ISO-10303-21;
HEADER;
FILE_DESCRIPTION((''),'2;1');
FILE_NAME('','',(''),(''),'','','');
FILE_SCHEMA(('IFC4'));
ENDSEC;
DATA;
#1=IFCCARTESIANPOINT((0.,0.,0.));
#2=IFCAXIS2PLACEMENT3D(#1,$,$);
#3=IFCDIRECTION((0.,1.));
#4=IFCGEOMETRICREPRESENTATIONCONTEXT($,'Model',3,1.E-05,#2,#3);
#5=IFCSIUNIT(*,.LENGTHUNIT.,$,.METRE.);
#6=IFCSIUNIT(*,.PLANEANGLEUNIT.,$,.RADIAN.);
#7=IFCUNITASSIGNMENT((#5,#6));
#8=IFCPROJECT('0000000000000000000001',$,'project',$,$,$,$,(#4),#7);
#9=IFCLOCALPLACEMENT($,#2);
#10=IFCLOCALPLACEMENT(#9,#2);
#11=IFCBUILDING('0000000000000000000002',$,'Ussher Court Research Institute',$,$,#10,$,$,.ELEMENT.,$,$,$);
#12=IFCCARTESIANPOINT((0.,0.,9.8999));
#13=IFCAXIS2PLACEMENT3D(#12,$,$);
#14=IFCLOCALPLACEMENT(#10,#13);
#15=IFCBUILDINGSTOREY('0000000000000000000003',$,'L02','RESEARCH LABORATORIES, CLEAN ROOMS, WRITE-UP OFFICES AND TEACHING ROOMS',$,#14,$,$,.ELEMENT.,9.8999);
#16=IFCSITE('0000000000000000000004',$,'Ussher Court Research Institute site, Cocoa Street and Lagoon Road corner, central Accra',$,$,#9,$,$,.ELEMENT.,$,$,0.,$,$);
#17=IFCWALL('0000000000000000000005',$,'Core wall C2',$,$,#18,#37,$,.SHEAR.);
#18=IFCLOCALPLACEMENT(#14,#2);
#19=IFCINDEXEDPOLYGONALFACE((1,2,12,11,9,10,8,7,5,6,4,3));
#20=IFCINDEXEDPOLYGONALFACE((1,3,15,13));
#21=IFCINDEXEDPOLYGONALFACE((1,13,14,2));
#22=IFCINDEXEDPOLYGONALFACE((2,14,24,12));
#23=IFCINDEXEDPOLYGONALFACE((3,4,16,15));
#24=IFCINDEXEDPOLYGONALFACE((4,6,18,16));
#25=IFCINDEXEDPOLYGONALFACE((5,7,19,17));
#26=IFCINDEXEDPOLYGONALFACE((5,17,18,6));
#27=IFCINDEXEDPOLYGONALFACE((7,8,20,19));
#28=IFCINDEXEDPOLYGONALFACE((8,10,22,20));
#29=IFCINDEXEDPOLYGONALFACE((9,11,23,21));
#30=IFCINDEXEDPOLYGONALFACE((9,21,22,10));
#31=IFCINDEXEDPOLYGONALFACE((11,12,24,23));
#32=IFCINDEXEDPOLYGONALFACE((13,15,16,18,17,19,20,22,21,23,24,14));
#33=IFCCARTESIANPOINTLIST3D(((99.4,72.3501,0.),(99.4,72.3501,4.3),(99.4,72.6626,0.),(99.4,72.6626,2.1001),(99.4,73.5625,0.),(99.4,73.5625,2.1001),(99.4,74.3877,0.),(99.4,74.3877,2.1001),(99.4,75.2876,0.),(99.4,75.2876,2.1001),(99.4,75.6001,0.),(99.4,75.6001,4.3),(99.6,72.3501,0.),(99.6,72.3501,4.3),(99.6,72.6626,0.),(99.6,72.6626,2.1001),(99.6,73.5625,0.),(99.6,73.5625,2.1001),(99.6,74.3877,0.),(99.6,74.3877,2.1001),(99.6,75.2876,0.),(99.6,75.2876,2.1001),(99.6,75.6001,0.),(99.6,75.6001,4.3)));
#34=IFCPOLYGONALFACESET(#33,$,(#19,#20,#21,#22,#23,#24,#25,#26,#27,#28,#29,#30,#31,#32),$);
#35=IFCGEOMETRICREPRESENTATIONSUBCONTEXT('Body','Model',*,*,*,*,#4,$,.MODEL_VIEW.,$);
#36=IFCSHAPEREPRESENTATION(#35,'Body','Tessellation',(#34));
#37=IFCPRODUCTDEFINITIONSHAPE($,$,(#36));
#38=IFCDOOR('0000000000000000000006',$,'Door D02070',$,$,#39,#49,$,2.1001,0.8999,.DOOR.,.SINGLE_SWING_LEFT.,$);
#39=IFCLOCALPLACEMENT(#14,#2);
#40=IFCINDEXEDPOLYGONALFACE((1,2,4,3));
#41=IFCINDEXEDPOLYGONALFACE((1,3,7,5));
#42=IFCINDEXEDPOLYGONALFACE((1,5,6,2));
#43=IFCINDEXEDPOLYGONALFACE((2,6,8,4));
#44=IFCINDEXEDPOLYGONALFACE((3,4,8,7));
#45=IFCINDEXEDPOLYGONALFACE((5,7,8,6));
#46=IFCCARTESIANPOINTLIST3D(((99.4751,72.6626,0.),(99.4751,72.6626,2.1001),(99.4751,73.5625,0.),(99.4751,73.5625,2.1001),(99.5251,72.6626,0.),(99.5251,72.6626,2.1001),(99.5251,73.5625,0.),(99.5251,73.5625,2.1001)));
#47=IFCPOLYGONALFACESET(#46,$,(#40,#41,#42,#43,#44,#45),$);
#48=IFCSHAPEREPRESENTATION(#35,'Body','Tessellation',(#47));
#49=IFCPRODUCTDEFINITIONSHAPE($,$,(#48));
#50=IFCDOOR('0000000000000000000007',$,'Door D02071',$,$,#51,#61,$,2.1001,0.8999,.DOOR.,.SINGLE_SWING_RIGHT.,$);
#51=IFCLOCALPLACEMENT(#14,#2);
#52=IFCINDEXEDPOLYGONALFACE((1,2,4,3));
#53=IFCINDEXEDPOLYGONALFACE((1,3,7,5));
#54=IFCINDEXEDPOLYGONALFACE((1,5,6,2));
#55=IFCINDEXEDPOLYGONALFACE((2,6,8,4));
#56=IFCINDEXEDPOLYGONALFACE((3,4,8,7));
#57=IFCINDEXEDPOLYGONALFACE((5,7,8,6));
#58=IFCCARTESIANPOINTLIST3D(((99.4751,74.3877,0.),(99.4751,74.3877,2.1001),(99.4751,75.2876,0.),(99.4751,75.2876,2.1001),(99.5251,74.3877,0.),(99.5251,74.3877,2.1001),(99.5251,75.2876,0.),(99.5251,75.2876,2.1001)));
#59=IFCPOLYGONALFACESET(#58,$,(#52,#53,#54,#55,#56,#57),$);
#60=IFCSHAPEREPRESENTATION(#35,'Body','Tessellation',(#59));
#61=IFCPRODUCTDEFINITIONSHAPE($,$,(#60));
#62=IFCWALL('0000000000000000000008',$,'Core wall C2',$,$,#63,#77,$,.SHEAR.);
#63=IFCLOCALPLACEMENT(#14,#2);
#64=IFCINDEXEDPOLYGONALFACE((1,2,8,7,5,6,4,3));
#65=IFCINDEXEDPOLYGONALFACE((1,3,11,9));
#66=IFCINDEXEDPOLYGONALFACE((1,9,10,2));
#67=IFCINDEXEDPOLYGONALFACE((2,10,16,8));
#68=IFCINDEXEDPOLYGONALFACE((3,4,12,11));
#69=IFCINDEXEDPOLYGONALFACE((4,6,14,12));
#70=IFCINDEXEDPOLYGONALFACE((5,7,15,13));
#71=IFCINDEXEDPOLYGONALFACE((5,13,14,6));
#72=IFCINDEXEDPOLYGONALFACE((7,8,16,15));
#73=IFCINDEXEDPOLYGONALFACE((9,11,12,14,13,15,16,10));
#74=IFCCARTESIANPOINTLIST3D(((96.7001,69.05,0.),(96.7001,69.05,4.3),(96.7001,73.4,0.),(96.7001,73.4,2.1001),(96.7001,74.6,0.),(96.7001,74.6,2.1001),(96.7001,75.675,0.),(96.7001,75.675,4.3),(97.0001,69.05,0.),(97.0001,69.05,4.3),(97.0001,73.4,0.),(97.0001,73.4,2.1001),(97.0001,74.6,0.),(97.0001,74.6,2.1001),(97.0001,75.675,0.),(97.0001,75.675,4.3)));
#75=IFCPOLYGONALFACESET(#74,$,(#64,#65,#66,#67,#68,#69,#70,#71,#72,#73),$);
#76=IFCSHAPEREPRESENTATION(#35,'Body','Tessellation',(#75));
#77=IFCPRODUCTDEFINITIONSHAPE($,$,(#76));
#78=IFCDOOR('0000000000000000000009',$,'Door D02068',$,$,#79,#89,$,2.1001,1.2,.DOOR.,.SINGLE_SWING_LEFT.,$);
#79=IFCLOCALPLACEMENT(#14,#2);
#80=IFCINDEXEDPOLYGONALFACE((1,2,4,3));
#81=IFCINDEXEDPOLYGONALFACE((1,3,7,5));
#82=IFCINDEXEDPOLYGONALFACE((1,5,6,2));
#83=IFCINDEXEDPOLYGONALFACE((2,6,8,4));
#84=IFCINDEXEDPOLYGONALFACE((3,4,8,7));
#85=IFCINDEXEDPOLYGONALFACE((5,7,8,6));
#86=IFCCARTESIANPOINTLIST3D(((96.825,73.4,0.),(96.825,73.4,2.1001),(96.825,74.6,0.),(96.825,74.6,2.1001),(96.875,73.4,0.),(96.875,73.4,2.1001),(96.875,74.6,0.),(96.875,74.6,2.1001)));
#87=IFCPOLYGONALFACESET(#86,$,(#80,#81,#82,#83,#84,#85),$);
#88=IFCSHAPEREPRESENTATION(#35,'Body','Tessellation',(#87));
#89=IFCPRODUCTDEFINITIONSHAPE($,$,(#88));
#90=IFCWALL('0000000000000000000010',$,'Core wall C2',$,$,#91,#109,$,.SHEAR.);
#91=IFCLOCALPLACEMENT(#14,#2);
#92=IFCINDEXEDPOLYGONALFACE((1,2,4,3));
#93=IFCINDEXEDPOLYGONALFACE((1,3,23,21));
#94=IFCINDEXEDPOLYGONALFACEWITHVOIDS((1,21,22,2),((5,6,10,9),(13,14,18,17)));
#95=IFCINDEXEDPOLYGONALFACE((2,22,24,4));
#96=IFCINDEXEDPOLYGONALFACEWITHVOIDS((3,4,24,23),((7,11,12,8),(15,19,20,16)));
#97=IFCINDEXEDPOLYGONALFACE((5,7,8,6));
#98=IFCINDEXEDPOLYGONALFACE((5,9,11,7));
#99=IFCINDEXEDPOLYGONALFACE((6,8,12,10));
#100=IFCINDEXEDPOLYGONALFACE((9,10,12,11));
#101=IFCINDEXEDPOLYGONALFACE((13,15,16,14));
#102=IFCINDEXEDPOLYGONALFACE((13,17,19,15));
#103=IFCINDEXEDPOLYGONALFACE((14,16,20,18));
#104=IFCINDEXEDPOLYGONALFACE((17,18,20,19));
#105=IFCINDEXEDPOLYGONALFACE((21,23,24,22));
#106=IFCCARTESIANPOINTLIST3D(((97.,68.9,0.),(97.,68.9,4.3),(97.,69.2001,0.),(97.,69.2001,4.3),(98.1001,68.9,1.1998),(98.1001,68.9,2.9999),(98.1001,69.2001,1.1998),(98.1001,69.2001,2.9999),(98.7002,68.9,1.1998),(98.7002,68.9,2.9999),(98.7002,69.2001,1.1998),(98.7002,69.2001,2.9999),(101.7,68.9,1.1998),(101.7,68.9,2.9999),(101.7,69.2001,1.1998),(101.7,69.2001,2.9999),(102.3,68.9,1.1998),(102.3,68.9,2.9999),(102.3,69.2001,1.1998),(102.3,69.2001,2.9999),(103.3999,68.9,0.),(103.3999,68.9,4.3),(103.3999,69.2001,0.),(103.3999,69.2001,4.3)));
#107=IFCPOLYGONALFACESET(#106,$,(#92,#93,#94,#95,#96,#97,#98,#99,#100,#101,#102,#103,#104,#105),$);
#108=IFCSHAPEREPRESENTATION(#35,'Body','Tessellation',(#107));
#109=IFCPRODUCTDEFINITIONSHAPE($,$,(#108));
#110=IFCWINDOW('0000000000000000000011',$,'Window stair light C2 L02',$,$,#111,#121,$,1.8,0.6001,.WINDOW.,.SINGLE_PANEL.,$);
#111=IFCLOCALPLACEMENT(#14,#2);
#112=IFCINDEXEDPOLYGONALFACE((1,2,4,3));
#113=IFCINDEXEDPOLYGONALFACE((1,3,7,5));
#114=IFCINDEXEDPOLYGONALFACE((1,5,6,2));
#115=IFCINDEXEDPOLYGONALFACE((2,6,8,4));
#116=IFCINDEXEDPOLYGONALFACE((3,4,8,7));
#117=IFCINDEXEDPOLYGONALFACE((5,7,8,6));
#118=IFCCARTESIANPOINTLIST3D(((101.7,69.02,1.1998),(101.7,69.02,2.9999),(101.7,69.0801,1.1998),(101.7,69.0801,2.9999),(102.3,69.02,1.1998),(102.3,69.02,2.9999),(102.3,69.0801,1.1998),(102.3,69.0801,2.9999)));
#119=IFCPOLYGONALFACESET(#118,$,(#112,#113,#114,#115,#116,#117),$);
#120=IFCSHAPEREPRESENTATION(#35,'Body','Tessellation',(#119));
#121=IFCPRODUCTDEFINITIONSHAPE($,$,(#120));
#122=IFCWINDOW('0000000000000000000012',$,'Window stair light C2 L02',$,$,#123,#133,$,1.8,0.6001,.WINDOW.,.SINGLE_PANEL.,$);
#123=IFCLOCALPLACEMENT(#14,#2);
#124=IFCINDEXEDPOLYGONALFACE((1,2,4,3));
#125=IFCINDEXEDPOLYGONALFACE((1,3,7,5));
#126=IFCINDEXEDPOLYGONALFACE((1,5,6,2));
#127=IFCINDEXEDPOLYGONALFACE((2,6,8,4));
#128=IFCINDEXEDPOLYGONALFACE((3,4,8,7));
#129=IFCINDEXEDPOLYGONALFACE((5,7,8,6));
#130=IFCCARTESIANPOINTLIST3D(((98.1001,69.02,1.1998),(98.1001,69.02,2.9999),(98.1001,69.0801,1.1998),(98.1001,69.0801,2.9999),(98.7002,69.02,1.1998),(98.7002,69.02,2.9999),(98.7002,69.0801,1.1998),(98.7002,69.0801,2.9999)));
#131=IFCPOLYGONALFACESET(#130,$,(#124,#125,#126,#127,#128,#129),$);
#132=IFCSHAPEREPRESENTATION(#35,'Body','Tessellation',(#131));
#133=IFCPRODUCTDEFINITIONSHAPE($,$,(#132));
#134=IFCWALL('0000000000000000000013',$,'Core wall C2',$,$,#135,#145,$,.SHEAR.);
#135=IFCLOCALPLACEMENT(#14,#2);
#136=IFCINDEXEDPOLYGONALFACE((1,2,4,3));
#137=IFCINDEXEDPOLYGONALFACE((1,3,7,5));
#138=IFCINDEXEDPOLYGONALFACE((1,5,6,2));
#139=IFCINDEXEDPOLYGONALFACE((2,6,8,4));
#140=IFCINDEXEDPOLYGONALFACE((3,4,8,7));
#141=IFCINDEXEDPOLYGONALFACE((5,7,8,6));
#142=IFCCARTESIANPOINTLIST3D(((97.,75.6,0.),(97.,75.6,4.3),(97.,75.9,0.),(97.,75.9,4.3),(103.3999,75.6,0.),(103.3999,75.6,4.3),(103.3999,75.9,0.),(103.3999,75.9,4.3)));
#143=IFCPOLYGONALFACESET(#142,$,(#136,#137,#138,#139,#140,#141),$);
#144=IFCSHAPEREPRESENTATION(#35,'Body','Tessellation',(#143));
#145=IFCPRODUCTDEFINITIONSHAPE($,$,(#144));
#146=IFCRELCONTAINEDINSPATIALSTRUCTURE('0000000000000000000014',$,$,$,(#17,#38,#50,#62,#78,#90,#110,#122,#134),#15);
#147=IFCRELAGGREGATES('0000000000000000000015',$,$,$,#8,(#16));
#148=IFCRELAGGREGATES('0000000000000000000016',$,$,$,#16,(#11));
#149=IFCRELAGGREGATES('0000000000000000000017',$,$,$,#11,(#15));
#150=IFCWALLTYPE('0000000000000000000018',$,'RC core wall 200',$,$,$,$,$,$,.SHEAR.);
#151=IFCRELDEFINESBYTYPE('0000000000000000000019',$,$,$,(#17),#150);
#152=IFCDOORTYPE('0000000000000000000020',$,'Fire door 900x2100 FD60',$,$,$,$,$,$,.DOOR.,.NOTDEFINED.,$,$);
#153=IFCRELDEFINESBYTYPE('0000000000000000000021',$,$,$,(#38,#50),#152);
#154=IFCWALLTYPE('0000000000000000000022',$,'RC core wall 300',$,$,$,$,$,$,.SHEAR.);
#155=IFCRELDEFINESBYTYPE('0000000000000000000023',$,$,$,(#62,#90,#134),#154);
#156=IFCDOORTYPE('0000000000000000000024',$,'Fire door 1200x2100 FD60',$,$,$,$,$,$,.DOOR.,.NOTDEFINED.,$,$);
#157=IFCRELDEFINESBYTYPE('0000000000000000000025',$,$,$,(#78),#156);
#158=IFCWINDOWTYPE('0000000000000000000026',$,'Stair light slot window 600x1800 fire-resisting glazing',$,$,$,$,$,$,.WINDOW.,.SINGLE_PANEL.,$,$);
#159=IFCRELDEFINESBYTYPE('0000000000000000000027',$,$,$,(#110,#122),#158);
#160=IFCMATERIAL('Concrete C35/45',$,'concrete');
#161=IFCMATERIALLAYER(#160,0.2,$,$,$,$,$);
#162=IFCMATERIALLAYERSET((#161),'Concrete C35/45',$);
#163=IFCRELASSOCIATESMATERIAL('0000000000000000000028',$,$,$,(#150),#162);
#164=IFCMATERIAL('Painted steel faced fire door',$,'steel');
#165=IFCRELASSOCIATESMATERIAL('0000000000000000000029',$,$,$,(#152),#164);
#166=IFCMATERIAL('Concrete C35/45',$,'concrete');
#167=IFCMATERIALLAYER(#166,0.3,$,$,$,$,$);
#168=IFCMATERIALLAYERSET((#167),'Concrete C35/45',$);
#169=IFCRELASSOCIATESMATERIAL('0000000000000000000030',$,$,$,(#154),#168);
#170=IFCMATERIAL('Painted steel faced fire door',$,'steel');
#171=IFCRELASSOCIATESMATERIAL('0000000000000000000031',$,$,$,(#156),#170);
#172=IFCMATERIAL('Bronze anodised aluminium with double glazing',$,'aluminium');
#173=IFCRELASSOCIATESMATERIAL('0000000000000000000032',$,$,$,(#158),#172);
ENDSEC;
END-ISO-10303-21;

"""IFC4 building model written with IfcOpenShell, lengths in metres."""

from ifc_helpers import new_model, si_unit, direction, frame, frame_2d, origin, place, context, subcontext, project, spatial, rectangle, extrude, material, layer, layer_set, type_object, element, fill, save


model = new_model("IFC4")

# Units and contexts
model_context = context("Model", 3, precision=1e-05, world=origin(), true_north=direction((0.0, 1.0)))
body_context = subcontext(model_context, "Body", "Model", "MODEL_VIEW")
ifc_project = project(units=[si_unit("LENGTHUNIT", "METRE"), si_unit("PLANEANGLEUNIT", "RADIAN")], contexts=[model_context])

# Site, building, storey
site_placement = place(None, origin())
site = spatial("IfcSite", under=ifc_project, at=site_placement, Name="Ussher Court Research Institute site, Cocoa Street and Lagoon Road corner, central Accra", CompositionType="ELEMENT", RefElevation=0.0)
building_placement = place(site_placement, origin())
building = spatial("IfcBuilding", under=site, at=building_placement, Name="Ussher Court Research Institute", CompositionType="ELEMENT")
storey_placement = place(building_placement, frame((0.0, 0.0, 9.8999)))
storey = spatial("IfcBuildingStorey", under=building, at=storey_placement, Name="L02", Description="RESEARCH LABORATORIES, CLEAN ROOMS, WRITE-UP OFFICES AND TEACHING ROOMS", CompositionType="ELEMENT", Elevation=9.8999)

# Wall, openings, doors
ifc_material_1 = material(Name="Concrete C35/45", Category="concrete")
ifc_layer_1 = layer(ifc_material_1, 0.2)
ifc_layer_set_1 = layer_set([ifc_layer_1], Name="Concrete C35/45")
wall_type_1 = type_object("IfcWallType", Name="RC core wall 200", PredefinedType="SHEAR", material=ifc_layer_set_1)
wall_1_placement = place(storey_placement, frame((99.5, 72.3501, 0.0), z_axis=(0.0, 0.0, 1.0), x_axis=(0.0, 1.0, 0.0)))
wall_1 = element("IfcWall", 1, at=wall_1_placement, inside=storey, type_object=wall_type_1, Name="Core wall C2", PredefinedType="SHEAR", context=body_context, shape_type="SweptSolid", body=[
    extrude(rectangle(XDim=3.25, YDim=0.2, at=frame_2d((1.625, 0.0))), origin(), (0.0, 0.0, 1.0), 4.3),
])
opening_1_placement = place(wall_1_placement, frame((0.3125, 0.0, 0.0)))
opening_1 = element("IfcOpeningElement", 2, at=opening_1_placement, cuts=wall_1, PredefinedType="OPENING", context=body_context, shape_type="SweptSolid", body=[
    extrude(rectangle(XDim=0.8999, YDim=2.1001, at=frame_2d((0.45, 1.05))), frame((0.0, 0.1099, 0.0), z_axis=(0.0, -1.0, 0.0), x_axis=(1.0, 0.0, 0.0)), (0.0, 0.0, 1.0), 0.22),
])
opening_2_placement = place(wall_1_placement, frame((2.0376, 0.0, 0.0)))
opening_2 = element("IfcOpeningElement", 3, at=opening_2_placement, cuts=wall_1, PredefinedType="OPENING", context=body_context, shape_type="SweptSolid", body=[
    extrude(rectangle(XDim=0.8999, YDim=2.1001, at=frame_2d((0.45, 1.05))), frame((0.0, 0.1099, 0.0), z_axis=(0.0, -1.0, 0.0), x_axis=(1.0, 0.0, 0.0)), (0.0, 0.0, 1.0), 0.22),
])
ifc_material_2 = material(Name="Painted steel faced fire door", Category="steel")
door_type_1 = type_object("IfcDoorType", Name="Fire door 900x2100 FD60", OperationType="NOTDEFINED", PredefinedType="DOOR", material=ifc_material_2)
door_1_placement = place(opening_1_placement, origin())
door_1 = element("IfcDoor", 4, at=door_1_placement, inside=storey, type_object=door_type_1, Name="Door D02070", OperationType="SINGLE_SWING_LEFT", OverallHeight=2.1001, OverallWidth=0.8999, PredefinedType="DOOR", context=body_context, shape_type="SweptSolid", body=[
    extrude(rectangle(XDim=0.8999, YDim=2.1001, at=frame_2d((0.45, 1.05))), frame((0.0, 0.0249, 0.0), z_axis=(0.0, -1.0, 0.0), x_axis=(1.0, 0.0, 0.0)), (0.0, 0.0, 1.0), 0.05),
])
fill(opening_1, door_1)
door_2_placement = place(opening_2_placement, origin())
door_2 = element("IfcDoor", 5, at=door_2_placement, inside=storey, type_object=door_type_1, Name="Door D02071", OperationType="SINGLE_SWING_RIGHT", OverallHeight=2.1001, OverallWidth=0.8999, PredefinedType="DOOR", context=body_context, shape_type="SweptSolid", body=[
    extrude(rectangle(XDim=0.8999, YDim=2.1001, at=frame_2d((0.45, 1.05))), frame((0.0, 0.0249, 0.0), z_axis=(0.0, -1.0, 0.0), x_axis=(1.0, 0.0, 0.0)), (0.0, 0.0, 1.0), 0.05),
])
fill(opening_2, door_2)

# Wall, opening, door
ifc_material_3 = material(Name="Concrete C35/45", Category="concrete")
ifc_layer_2 = layer(ifc_material_3, 0.3)
ifc_layer_set_2 = layer_set([ifc_layer_2], Name="Concrete C35/45")
wall_type_2 = type_object("IfcWallType", Name="RC core wall 300", PredefinedType="SHEAR", material=ifc_layer_set_2)
wall_2_placement = place(storey_placement, frame((96.8501, 75.675, 0.0), z_axis=(0.0, 0.0, 1.0), x_axis=(0.0, -1.0, 0.0)))
wall_2 = element("IfcWall", 6, at=wall_2_placement, inside=storey, type_object=wall_type_2, Name="Core wall C2", PredefinedType="SHEAR", context=body_context, shape_type="SweptSolid", body=[
    extrude(rectangle(XDim=6.625, YDim=0.3, at=frame_2d((3.3125, 0.0))), origin(), (0.0, 0.0, 1.0), 4.3),
])
opening_3_placement = place(wall_2_placement, frame((1.075, 0.0, 0.0)))
opening_3 = element("IfcOpeningElement", 7, at=opening_3_placement, cuts=wall_2, PredefinedType="OPENING", context=body_context, shape_type="SweptSolid", body=[
    extrude(rectangle(XDim=1.2, YDim=2.1001, at=frame_2d((0.6001, 1.05))), frame((0.0, 0.1602, 0.0), z_axis=(0.0, -1.0, 0.0), x_axis=(1.0, 0.0, 0.0)), (0.0, 0.0, 1.0), 0.3201),
])
ifc_material_4 = material(Name="Painted steel faced fire door", Category="steel")
door_type_2 = type_object("IfcDoorType", Name="Fire door 1200x2100 FD60", OperationType="NOTDEFINED", PredefinedType="DOOR", material=ifc_material_4)
door_3_placement = place(opening_3_placement, origin())
door_3 = element("IfcDoor", 8, at=door_3_placement, inside=storey, type_object=door_type_2, Name="Door D02068", OperationType="SINGLE_SWING_LEFT", OverallHeight=2.1001, OverallWidth=1.2, PredefinedType="DOOR", context=body_context, shape_type="SweptSolid", body=[
    extrude(rectangle(XDim=1.2, YDim=2.1001, at=frame_2d((0.6001, 1.05))), frame((0.0, 0.0249, 0.0), z_axis=(0.0, -1.0, 0.0), x_axis=(1.0, 0.0, 0.0)), (0.0, 0.0, 1.0), 0.05),
])
fill(opening_3, door_3)

# Wall, openings, windows
wall_3_placement = place(storey_placement, frame((97.0, 69.05, 0.0), z_axis=(0.0, 0.0, 1.0), x_axis=(1.0, 0.0, 0.0)))
wall_3 = element("IfcWall", 9, at=wall_3_placement, inside=storey, type_object=wall_type_2, Name="Core wall C2", PredefinedType="SHEAR", context=body_context, shape_type="SweptSolid", body=[
    extrude(rectangle(XDim=6.3999, YDim=0.3, at=frame_2d((3.2, 0.0))), origin(), (0.0, 0.0, 1.0), 4.3),
])
opening_4_placement = place(wall_3_placement, frame((4.7, 0.0, 1.2)))
opening_4 = element("IfcOpeningElement", 10, at=opening_4_placement, cuts=wall_3, PredefinedType="OPENING", context=body_context, shape_type="SweptSolid", body=[
    extrude(rectangle(XDim=0.6001, YDim=1.8, at=frame_2d((0.3, 0.8999))), frame((0.0, 0.1602, 0.0), z_axis=(0.0, -1.0, 0.0), x_axis=(1.0, 0.0, 0.0)), (0.0, 0.0, 1.0), 0.3201),
])
opening_5_placement = place(wall_3_placement, frame((1.1001, 0.0, 1.2)))
opening_5 = element("IfcOpeningElement", 11, at=opening_5_placement, cuts=wall_3, PredefinedType="OPENING", context=body_context, shape_type="SweptSolid", body=[
    extrude(rectangle(XDim=0.6001, YDim=1.8, at=frame_2d((0.3, 0.8999))), frame((0.0, 0.1602, 0.0), z_axis=(0.0, -1.0, 0.0), x_axis=(1.0, 0.0, 0.0)), (0.0, 0.0, 1.0), 0.3201),
])
ifc_material_5 = material(Name="Bronze anodised aluminium with double glazing", Category="aluminium")
window_type = type_object("IfcWindowType", Name="Stair light slot window 600x1800 fire-resisting glazing", PartitioningType="SINGLE_PANEL", PredefinedType="WINDOW", material=ifc_material_5)
window_1_placement = place(opening_4_placement, origin())
window_1 = element("IfcWindow", 12, at=window_1_placement, inside=storey, type_object=window_type, Name="Window stair light C2 L02", OverallHeight=1.8, OverallWidth=0.6001, PartitioningType="SINGLE_PANEL", PredefinedType="WINDOW", context=body_context, shape_type="SweptSolid", body=[
    extrude(rectangle(XDim=0.6001, YDim=1.8, at=frame_2d((0.3, 0.8999))), frame((0.0, 0.03, 0.0), z_axis=(0.0, -1.0, 0.0), x_axis=(1.0, 0.0, 0.0)), (0.0, 0.0, 1.0), 0.0601),
])
fill(opening_4, window_1)
window_2_placement = place(opening_5_placement, origin())
window_2 = element("IfcWindow", 13, at=window_2_placement, inside=storey, type_object=window_type, Name="Window stair light C2 L02", OverallHeight=1.8, OverallWidth=0.6001, PartitioningType="SINGLE_PANEL", PredefinedType="WINDOW", context=body_context, shape_type="SweptSolid", body=[
    extrude(rectangle(XDim=0.6001, YDim=1.8, at=frame_2d((0.3, 0.8999))), frame((0.0, 0.03, 0.0), z_axis=(0.0, -1.0, 0.0), x_axis=(1.0, 0.0, 0.0)), (0.0, 0.0, 1.0), 0.0601),
])
fill(opening_5, window_2)

# Wall
wall_4_placement = place(storey_placement, frame((97.0, 75.75, 0.0), z_axis=(0.0, 0.0, 1.0), x_axis=(1.0, 0.0, 0.0)))
element("IfcWall", 14, at=wall_4_placement, inside=storey, type_object=wall_type_2, Name="Core wall C2", PredefinedType="SHEAR", context=body_context, shape_type="SweptSolid", body=[
    extrude(rectangle(XDim=6.3999, YDim=0.3, at=frame_2d((3.2, 0.0))), origin(), (0.0, 0.0, 1.0), 4.3),
])

save(model, "model.ifc")
